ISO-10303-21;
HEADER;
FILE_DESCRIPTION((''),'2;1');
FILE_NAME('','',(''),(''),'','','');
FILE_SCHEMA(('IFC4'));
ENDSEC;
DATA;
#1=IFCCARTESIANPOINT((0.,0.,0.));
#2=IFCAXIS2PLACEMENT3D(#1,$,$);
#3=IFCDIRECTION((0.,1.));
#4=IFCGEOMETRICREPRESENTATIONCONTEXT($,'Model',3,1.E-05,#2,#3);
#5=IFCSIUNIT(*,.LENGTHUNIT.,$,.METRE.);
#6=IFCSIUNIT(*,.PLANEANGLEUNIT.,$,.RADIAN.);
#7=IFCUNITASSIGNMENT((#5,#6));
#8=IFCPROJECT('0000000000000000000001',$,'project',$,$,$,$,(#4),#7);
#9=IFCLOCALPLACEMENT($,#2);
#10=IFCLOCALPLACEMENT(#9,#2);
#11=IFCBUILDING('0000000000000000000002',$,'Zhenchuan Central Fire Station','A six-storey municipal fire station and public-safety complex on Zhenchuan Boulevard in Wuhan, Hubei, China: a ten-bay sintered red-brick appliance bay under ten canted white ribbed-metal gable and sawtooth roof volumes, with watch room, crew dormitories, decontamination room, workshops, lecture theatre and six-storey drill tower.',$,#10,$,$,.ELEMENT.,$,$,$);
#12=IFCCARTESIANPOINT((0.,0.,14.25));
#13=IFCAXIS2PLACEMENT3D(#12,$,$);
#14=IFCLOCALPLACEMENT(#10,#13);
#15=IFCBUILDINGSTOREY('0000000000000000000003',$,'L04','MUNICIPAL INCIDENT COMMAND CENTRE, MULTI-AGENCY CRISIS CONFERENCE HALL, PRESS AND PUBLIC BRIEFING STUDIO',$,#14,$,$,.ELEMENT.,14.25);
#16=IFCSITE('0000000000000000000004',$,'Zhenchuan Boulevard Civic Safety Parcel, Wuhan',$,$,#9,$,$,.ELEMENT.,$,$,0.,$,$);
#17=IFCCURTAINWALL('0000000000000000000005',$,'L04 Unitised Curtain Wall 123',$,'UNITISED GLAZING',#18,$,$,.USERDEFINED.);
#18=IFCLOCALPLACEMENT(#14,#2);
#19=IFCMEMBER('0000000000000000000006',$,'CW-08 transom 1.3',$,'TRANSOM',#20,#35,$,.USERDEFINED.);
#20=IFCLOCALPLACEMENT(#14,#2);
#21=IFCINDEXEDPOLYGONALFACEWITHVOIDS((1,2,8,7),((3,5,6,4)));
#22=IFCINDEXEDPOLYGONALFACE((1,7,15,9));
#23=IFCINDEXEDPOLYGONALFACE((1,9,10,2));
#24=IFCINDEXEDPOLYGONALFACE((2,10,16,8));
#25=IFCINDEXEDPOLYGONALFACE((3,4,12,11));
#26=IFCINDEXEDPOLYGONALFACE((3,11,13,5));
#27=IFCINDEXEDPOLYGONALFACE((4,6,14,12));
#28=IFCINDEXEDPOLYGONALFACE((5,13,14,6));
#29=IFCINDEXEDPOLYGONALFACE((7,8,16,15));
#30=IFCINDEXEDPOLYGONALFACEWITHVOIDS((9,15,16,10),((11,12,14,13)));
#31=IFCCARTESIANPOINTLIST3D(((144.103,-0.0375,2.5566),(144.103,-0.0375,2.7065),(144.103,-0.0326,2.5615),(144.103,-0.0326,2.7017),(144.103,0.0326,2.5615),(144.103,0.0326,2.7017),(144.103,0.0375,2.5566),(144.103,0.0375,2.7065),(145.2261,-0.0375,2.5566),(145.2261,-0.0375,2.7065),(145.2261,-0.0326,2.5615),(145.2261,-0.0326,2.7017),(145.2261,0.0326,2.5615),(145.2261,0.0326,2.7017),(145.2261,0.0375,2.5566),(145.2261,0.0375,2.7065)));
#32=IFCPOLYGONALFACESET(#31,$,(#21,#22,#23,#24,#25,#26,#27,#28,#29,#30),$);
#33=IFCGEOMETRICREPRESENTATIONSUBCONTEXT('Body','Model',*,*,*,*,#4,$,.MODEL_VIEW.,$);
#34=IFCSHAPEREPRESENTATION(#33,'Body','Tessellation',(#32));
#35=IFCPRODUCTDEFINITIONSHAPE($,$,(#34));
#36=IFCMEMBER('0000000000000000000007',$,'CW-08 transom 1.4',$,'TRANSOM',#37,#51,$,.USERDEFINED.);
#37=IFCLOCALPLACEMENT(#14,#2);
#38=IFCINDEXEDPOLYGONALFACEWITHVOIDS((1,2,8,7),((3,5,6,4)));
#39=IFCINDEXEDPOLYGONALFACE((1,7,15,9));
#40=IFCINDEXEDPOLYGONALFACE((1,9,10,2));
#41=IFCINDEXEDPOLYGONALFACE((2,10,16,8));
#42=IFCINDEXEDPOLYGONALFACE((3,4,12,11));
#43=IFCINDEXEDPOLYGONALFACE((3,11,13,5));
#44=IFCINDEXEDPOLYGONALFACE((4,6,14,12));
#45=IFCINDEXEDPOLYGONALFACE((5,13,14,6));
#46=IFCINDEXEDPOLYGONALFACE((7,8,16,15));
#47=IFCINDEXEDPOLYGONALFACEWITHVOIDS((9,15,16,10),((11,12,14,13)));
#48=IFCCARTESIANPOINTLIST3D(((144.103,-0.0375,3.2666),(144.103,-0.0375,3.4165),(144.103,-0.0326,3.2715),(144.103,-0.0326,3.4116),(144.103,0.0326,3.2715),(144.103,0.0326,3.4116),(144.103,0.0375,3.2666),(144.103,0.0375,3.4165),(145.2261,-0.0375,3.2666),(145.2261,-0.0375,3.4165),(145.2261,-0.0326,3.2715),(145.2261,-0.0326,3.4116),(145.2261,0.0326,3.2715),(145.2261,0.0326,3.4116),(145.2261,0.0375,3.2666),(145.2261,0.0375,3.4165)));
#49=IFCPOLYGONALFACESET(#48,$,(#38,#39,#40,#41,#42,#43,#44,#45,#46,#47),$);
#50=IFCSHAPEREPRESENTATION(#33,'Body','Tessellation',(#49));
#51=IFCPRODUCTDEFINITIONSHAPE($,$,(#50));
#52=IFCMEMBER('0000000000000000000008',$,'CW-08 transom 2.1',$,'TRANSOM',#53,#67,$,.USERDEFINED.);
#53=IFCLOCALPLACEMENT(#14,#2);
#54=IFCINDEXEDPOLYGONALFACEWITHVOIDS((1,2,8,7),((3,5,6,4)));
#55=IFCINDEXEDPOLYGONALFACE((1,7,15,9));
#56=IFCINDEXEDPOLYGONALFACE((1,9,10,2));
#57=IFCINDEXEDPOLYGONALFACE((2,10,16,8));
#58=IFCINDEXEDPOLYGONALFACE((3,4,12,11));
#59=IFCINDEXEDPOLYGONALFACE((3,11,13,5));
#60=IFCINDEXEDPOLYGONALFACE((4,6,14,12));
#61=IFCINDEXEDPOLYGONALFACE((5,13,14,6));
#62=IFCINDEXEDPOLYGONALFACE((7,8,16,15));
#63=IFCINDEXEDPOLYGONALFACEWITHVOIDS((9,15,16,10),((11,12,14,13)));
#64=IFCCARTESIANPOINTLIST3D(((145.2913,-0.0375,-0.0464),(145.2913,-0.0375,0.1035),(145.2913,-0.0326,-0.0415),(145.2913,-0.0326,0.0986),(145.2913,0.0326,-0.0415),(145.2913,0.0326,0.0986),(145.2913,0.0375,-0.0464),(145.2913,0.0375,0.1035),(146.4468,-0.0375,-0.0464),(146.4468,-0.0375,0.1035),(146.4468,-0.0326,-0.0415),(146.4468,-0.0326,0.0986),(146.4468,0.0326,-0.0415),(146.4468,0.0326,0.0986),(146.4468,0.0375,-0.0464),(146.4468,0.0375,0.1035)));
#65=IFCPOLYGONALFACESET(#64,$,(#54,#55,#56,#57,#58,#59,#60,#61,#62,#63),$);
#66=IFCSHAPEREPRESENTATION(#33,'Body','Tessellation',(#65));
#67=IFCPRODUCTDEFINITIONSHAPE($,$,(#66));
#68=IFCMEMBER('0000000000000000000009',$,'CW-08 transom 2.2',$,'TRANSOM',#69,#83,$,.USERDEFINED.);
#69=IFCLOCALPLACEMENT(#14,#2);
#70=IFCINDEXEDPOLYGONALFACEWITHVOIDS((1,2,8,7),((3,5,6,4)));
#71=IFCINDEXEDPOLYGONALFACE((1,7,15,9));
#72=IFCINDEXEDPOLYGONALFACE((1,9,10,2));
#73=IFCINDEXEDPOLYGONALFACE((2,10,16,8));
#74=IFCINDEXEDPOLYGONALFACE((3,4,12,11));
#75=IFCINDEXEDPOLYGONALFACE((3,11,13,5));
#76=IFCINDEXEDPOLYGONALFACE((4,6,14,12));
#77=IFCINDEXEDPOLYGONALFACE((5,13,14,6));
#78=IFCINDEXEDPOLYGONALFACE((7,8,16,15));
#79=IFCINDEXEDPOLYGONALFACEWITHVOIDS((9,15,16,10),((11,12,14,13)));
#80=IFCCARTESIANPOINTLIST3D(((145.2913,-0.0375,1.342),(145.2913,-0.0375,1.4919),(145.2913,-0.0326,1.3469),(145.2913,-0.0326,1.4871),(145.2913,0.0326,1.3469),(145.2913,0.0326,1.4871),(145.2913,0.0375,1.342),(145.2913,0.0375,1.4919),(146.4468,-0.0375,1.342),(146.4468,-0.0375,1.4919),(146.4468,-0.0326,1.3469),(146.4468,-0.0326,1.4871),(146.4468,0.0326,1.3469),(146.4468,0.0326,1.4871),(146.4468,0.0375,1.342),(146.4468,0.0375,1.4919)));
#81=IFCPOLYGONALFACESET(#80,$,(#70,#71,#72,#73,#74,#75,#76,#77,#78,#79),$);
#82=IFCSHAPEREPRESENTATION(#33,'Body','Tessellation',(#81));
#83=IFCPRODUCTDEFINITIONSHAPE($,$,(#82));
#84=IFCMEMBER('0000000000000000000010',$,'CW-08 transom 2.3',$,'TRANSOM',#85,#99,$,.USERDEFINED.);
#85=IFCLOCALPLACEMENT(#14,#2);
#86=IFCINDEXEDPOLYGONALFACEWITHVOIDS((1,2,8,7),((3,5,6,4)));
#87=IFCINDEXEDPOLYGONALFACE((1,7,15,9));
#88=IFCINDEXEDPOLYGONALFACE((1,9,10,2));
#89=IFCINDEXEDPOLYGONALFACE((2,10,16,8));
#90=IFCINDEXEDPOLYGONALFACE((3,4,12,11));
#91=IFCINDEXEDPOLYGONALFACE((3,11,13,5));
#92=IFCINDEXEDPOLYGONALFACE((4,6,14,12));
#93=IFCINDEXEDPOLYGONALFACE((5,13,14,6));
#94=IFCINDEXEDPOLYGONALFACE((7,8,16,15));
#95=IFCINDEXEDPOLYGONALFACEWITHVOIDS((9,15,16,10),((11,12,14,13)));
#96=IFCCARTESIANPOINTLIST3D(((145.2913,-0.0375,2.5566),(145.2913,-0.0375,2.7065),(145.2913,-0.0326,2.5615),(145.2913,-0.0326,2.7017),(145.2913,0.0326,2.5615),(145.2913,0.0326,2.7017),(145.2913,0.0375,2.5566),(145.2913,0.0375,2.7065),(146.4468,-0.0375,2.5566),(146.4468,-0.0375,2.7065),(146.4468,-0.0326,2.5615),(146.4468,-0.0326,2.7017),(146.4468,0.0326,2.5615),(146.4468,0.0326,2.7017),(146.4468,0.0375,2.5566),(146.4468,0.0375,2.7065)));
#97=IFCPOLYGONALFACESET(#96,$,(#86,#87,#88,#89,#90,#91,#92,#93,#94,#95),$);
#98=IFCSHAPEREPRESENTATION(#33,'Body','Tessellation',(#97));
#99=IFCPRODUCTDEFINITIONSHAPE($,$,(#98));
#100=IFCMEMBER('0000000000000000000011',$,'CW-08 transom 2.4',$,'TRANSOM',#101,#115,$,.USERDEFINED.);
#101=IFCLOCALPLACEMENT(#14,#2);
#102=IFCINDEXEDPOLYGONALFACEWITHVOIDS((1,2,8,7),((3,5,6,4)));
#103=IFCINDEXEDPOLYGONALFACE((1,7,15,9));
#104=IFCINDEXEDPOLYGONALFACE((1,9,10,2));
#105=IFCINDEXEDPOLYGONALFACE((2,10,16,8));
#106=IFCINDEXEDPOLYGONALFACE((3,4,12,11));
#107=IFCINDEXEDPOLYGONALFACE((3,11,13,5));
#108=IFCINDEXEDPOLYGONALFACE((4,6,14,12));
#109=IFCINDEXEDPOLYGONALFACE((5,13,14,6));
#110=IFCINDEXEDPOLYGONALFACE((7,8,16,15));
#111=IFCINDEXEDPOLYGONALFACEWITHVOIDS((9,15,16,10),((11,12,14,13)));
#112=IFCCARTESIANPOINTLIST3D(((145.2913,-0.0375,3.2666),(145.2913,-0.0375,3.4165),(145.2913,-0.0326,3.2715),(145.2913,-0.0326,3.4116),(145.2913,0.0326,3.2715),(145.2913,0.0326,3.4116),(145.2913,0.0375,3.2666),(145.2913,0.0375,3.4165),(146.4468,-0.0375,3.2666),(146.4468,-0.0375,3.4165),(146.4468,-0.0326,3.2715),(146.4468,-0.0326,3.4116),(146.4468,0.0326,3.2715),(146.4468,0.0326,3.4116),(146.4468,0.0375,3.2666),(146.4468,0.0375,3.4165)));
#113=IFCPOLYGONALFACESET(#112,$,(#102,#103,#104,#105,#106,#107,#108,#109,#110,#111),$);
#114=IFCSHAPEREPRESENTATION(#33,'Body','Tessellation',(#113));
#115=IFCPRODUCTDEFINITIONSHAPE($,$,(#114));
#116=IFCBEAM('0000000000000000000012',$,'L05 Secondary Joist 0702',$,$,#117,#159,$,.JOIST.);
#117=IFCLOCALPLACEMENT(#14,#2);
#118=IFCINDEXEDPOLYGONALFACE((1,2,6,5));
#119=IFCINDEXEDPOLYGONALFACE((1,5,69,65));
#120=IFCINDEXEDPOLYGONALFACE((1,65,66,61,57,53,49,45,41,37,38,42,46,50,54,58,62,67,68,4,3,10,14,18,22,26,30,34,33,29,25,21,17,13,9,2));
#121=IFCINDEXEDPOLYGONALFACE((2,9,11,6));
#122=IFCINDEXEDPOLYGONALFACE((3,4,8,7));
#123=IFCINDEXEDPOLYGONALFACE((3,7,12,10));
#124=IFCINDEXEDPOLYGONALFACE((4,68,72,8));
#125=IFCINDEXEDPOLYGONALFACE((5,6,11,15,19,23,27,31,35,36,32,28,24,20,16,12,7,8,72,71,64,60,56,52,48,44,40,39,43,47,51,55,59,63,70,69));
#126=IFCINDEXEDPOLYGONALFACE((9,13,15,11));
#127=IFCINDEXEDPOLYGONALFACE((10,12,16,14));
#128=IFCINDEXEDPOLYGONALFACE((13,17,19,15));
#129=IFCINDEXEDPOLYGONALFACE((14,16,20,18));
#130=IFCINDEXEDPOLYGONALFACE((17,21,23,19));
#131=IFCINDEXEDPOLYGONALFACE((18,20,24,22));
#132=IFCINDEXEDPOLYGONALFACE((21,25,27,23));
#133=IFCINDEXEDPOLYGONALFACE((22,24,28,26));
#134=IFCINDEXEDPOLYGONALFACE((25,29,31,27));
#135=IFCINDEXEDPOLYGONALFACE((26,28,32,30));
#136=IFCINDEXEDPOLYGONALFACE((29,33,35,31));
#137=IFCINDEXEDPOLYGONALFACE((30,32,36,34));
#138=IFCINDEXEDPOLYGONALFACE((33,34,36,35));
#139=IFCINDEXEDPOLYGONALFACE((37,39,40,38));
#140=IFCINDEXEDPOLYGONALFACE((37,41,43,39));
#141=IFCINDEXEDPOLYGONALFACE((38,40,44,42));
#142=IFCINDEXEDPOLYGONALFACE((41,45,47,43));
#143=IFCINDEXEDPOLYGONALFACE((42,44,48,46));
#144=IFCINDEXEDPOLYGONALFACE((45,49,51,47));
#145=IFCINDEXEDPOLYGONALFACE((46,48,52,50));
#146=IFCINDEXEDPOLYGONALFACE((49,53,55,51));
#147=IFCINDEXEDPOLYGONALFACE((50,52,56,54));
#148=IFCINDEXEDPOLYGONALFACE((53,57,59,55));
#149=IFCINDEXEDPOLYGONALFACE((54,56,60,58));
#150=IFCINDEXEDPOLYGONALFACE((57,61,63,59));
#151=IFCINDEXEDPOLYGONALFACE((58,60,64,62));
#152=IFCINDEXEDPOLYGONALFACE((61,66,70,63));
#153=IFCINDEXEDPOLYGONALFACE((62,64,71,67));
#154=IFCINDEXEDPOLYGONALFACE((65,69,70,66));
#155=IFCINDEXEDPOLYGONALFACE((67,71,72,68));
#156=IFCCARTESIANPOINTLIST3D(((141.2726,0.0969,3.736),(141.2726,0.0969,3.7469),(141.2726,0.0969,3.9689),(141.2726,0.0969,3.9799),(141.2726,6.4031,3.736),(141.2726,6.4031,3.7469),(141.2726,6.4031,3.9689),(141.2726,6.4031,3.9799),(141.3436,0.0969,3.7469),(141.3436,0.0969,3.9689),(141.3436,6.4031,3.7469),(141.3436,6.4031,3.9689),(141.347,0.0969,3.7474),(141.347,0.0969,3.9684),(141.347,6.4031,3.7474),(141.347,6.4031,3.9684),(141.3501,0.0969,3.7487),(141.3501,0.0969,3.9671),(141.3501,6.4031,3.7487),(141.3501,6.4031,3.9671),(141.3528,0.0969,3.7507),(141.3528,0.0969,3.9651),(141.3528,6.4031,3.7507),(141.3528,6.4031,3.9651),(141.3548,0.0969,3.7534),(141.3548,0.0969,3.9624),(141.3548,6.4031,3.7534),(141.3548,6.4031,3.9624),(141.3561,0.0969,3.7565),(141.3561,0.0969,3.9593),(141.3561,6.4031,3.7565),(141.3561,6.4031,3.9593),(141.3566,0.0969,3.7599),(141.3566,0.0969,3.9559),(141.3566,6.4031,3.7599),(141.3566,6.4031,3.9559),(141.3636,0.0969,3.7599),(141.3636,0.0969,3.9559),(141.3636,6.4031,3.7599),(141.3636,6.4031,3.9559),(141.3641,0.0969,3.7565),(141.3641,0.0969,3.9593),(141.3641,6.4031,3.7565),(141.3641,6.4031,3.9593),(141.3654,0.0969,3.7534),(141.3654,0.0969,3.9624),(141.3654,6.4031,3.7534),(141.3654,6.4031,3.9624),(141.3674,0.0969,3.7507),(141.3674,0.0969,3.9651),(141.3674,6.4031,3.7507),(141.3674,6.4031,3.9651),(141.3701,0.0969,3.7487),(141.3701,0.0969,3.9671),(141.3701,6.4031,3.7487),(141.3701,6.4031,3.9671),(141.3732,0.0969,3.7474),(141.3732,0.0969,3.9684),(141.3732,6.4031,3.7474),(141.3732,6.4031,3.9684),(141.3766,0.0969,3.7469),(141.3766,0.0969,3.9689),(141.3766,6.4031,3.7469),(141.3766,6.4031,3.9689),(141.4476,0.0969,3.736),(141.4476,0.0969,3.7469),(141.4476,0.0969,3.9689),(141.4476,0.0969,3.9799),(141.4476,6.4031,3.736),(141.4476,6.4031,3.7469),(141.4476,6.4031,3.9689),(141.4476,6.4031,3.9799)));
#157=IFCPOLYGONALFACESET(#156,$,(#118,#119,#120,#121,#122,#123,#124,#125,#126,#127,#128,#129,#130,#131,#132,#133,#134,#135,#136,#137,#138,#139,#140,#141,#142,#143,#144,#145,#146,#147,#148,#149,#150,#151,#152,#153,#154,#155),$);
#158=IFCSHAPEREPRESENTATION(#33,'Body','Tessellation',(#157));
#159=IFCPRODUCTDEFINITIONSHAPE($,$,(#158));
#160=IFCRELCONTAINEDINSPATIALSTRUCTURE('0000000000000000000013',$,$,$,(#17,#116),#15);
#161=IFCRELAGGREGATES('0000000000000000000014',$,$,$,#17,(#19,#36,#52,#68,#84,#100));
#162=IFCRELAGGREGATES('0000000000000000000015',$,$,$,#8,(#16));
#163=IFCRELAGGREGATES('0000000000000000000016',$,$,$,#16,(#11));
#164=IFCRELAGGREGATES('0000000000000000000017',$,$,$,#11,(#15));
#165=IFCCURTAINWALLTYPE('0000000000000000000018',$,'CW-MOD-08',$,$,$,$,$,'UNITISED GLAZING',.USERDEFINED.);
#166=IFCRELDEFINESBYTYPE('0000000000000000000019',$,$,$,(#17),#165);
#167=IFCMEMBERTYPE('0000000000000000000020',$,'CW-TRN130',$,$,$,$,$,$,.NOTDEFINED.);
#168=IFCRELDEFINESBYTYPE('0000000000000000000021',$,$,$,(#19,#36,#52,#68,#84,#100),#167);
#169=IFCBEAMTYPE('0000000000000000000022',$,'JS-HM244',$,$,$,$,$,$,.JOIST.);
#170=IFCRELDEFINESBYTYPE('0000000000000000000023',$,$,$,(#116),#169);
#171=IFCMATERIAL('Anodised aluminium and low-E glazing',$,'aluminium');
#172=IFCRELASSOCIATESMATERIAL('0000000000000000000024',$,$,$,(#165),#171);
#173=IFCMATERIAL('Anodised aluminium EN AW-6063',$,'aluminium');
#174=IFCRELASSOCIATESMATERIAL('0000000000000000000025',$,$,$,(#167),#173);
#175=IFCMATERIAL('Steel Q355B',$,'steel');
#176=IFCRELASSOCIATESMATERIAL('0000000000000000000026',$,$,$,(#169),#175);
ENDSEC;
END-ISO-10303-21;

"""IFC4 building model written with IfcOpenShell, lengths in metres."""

from ifc_helpers import new_model, si_unit, direction, frame, origin, origin_2d, place, context, subcontext, project, spatial, hollow_rectangle, i_section, extrude, material, material_profile, profile_set, type_object, element, aggregate, save


model = new_model("IFC4")

# Units and contexts
model_context = context("Model", 3, precision=1e-05, world=origin(), true_north=direction((0.0, 1.0)))
body_context = subcontext(model_context, "Body", "Model", "MODEL_VIEW")
ifc_project = project(units=[si_unit("LENGTHUNIT", "METRE"), si_unit("PLANEANGLEUNIT", "RADIAN")], contexts=[model_context])

# Site, building, storey
site_placement = place(None, origin())
site = spatial("IfcSite", under=ifc_project, at=site_placement, Name="Zhenchuan Boulevard Civic Safety Parcel, Wuhan", CompositionType="ELEMENT", RefElevation=0.0)
building_placement = place(site_placement, origin())
building = spatial("IfcBuilding", under=site, at=building_placement, Name="Zhenchuan Central Fire Station", Description="A six-storey municipal fire station and public-safety complex on Zhenchuan Boulevard in Wuhan, Hubei, China: a ten-bay sintered red-brick appliance bay under ten canted white ribbed-metal gable and sawtooth roof volumes, with watch room, crew dormitories, decontamination room, workshops, lecture theatre and six-storey drill tower.", CompositionType="ELEMENT")
storey_placement = place(building_placement, frame((0.0, 0.0, 14.25)))
storey = spatial("IfcBuildingStorey", under=building, at=storey_placement, Name="L04", Description="MUNICIPAL INCIDENT COMMAND CENTRE, MULTI-AGENCY CRISIS CONFERENCE HALL, PRESS AND PUBLIC BRIEFING STUDIO", CompositionType="ELEMENT", Elevation=14.25)

# Shared definitions
ifc_material_1 = material(Name="Steel Q355B", Category="steel")

# Shared definitions
ifc_material_2 = material(Name="Anodised aluminium and low-E glazing", Category="aluminium")
ifc_material_3 = material(Name="Anodised aluminium EN AW-6063", Category="aluminium")

# Curtain wall, members
curtain_wall_type_1 = type_object("IfcCurtainWallType", Name="CW-MOD-08", ElementType="UNITISED GLAZING", PredefinedType="USERDEFINED", material=ifc_material_2)
curtain_wall_1_placement = place(storey_placement, origin())
curtain_wall_1 = element("IfcCurtainWall", 1, at=curtain_wall_1_placement, inside=storey, type_object=curtain_wall_type_1, Name="L04 Unitised Curtain Wall 123", ObjectType="UNITISED GLAZING", PredefinedType="USERDEFINED")
ifc_material_profile_1 = material_profile(ifc_material_3, hollow_rectangle(XDim=0.075, YDim=0.1499, WallThickness=0.0049, at=origin_2d()), Name="ALU-T 150x75")
ifc_profile_set_1 = profile_set([ifc_material_profile_1], Name="Anodised aluminium EN AW-6063")
member_type_1 = type_object("IfcMemberType", Name="CW-TRN130", PredefinedType="NOTDEFINED", material=ifc_profile_set_1)
member_1_placement = place(storey_placement, frame((144.103, 0.0, 2.6316), z_axis=(1.0, 0.0, 0.0), x_axis=(0.0, 1.0, 0.0)))
member_1 = element("IfcMember", 2, at=member_1_placement, type_object=member_type_1, Name="CW-08 transom 1.3", ObjectType="TRANSOM", PredefinedType="USERDEFINED", context=body_context, shape_type="SweptSolid", body=[
    extrude(hollow_rectangle(XDim=0.075, YDim=0.1499, WallThickness=0.0049, at=origin_2d()), origin(), (0.0, 0.0, 1.0), 1.123),
])
member_2_placement = place(storey_placement, frame((144.103, 0.0, 3.3416), z_axis=(1.0, 0.0, 0.0), x_axis=(0.0, 1.0, 0.0)))
member_2 = element("IfcMember", 3, at=member_2_placement, type_object=member_type_1, Name="CW-08 transom 1.4", ObjectType="TRANSOM", PredefinedType="USERDEFINED", context=body_context, shape_type="SweptSolid", body=[
    extrude(hollow_rectangle(XDim=0.075, YDim=0.1499, WallThickness=0.0049, at=origin_2d()), origin(), (0.0, 0.0, 1.0), 1.123),
])
member_3_placement = place(storey_placement, frame((145.2913, 0.0, 0.0286), z_axis=(1.0, 0.0, 0.0), x_axis=(0.0, 1.0, 0.0)))
member_3 = element("IfcMember", 4, at=member_3_placement, type_object=member_type_1, Name="CW-08 transom 2.1", ObjectType="TRANSOM", PredefinedType="USERDEFINED", context=body_context, shape_type="SweptSolid", body=[
    extrude(hollow_rectangle(XDim=0.075, YDim=0.1499, WallThickness=0.0049, at=origin_2d()), origin(), (0.0, 0.0, 1.0), 1.1555),
])
member_4_placement = place(storey_placement, frame((145.2913, 0.0, 1.417), z_axis=(1.0, 0.0, 0.0), x_axis=(0.0, 1.0, 0.0)))
member_4 = element("IfcMember", 5, at=member_4_placement, type_object=member_type_1, Name="CW-08 transom 2.2", ObjectType="TRANSOM", PredefinedType="USERDEFINED", context=body_context, shape_type="SweptSolid", body=[
    extrude(hollow_rectangle(XDim=0.075, YDim=0.1499, WallThickness=0.0049, at=origin_2d()), origin(), (0.0, 0.0, 1.0), 1.1555),
])
member_5_placement = place(storey_placement, frame((145.2913, 0.0, 2.6316), z_axis=(1.0, 0.0, 0.0), x_axis=(0.0, 1.0, 0.0)))
member_5 = element("IfcMember", 6, at=member_5_placement, type_object=member_type_1, Name="CW-08 transom 2.3", ObjectType="TRANSOM", PredefinedType="USERDEFINED", context=body_context, shape_type="SweptSolid", body=[
    extrude(hollow_rectangle(XDim=0.075, YDim=0.1499, WallThickness=0.0049, at=origin_2d()), origin(), (0.0, 0.0, 1.0), 1.1555),
])
member_6_placement = place(storey_placement, frame((145.2913, 0.0, 3.3416), z_axis=(1.0, 0.0, 0.0), x_axis=(0.0, 1.0, 0.0)))
member_6 = element("IfcMember", 7, at=member_6_placement, type_object=member_type_1, Name="CW-08 transom 2.4", ObjectType="TRANSOM", PredefinedType="USERDEFINED", context=body_context, shape_type="SweptSolid", body=[
    extrude(hollow_rectangle(XDim=0.075, YDim=0.1499, WallThickness=0.0049, at=origin_2d()), origin(), (0.0, 0.0, 1.0), 1.1555),
])

# Beam
ifc_material_profile_2 = material_profile(ifc_material_1, i_section(OverallWidth=0.175, OverallDepth=0.2439, WebThickness=0.0071, FlangeThickness=0.011, FilletRadius=0.0129, at=origin_2d()), Name="HM 244x175")
ifc_profile_set_2 = profile_set([ifc_material_profile_2], Name="Steel Q355B")
beam_type_1 = type_object("IfcBeamType", Name="JS-HM244", PredefinedType="JOIST", material=ifc_profile_set_2)
beam_1_placement = place(storey_placement, frame((141.3601, 0.0969, 3.8579), z_axis=(0.0, 1.0, 0.0), x_axis=(-1.0, 0.0, 0.0)))
element("IfcBeam", 8, at=beam_1_placement, inside=storey, type_object=beam_type_1, Name="L05 Secondary Joist 0702", PredefinedType="JOIST", context=body_context, shape_type="SweptSolid", body=[
    extrude(i_section(OverallWidth=0.175, OverallDepth=0.2439, WebThickness=0.0071, FlangeThickness=0.011, FilletRadius=0.0129, at=origin_2d()), origin(), (0.0, 0.0, 1.0), 6.3062),
])

aggregate(curtain_wall_1, [member_1, member_2, member_3, member_4, member_5, member_6])

save(model, "model.ifc")
